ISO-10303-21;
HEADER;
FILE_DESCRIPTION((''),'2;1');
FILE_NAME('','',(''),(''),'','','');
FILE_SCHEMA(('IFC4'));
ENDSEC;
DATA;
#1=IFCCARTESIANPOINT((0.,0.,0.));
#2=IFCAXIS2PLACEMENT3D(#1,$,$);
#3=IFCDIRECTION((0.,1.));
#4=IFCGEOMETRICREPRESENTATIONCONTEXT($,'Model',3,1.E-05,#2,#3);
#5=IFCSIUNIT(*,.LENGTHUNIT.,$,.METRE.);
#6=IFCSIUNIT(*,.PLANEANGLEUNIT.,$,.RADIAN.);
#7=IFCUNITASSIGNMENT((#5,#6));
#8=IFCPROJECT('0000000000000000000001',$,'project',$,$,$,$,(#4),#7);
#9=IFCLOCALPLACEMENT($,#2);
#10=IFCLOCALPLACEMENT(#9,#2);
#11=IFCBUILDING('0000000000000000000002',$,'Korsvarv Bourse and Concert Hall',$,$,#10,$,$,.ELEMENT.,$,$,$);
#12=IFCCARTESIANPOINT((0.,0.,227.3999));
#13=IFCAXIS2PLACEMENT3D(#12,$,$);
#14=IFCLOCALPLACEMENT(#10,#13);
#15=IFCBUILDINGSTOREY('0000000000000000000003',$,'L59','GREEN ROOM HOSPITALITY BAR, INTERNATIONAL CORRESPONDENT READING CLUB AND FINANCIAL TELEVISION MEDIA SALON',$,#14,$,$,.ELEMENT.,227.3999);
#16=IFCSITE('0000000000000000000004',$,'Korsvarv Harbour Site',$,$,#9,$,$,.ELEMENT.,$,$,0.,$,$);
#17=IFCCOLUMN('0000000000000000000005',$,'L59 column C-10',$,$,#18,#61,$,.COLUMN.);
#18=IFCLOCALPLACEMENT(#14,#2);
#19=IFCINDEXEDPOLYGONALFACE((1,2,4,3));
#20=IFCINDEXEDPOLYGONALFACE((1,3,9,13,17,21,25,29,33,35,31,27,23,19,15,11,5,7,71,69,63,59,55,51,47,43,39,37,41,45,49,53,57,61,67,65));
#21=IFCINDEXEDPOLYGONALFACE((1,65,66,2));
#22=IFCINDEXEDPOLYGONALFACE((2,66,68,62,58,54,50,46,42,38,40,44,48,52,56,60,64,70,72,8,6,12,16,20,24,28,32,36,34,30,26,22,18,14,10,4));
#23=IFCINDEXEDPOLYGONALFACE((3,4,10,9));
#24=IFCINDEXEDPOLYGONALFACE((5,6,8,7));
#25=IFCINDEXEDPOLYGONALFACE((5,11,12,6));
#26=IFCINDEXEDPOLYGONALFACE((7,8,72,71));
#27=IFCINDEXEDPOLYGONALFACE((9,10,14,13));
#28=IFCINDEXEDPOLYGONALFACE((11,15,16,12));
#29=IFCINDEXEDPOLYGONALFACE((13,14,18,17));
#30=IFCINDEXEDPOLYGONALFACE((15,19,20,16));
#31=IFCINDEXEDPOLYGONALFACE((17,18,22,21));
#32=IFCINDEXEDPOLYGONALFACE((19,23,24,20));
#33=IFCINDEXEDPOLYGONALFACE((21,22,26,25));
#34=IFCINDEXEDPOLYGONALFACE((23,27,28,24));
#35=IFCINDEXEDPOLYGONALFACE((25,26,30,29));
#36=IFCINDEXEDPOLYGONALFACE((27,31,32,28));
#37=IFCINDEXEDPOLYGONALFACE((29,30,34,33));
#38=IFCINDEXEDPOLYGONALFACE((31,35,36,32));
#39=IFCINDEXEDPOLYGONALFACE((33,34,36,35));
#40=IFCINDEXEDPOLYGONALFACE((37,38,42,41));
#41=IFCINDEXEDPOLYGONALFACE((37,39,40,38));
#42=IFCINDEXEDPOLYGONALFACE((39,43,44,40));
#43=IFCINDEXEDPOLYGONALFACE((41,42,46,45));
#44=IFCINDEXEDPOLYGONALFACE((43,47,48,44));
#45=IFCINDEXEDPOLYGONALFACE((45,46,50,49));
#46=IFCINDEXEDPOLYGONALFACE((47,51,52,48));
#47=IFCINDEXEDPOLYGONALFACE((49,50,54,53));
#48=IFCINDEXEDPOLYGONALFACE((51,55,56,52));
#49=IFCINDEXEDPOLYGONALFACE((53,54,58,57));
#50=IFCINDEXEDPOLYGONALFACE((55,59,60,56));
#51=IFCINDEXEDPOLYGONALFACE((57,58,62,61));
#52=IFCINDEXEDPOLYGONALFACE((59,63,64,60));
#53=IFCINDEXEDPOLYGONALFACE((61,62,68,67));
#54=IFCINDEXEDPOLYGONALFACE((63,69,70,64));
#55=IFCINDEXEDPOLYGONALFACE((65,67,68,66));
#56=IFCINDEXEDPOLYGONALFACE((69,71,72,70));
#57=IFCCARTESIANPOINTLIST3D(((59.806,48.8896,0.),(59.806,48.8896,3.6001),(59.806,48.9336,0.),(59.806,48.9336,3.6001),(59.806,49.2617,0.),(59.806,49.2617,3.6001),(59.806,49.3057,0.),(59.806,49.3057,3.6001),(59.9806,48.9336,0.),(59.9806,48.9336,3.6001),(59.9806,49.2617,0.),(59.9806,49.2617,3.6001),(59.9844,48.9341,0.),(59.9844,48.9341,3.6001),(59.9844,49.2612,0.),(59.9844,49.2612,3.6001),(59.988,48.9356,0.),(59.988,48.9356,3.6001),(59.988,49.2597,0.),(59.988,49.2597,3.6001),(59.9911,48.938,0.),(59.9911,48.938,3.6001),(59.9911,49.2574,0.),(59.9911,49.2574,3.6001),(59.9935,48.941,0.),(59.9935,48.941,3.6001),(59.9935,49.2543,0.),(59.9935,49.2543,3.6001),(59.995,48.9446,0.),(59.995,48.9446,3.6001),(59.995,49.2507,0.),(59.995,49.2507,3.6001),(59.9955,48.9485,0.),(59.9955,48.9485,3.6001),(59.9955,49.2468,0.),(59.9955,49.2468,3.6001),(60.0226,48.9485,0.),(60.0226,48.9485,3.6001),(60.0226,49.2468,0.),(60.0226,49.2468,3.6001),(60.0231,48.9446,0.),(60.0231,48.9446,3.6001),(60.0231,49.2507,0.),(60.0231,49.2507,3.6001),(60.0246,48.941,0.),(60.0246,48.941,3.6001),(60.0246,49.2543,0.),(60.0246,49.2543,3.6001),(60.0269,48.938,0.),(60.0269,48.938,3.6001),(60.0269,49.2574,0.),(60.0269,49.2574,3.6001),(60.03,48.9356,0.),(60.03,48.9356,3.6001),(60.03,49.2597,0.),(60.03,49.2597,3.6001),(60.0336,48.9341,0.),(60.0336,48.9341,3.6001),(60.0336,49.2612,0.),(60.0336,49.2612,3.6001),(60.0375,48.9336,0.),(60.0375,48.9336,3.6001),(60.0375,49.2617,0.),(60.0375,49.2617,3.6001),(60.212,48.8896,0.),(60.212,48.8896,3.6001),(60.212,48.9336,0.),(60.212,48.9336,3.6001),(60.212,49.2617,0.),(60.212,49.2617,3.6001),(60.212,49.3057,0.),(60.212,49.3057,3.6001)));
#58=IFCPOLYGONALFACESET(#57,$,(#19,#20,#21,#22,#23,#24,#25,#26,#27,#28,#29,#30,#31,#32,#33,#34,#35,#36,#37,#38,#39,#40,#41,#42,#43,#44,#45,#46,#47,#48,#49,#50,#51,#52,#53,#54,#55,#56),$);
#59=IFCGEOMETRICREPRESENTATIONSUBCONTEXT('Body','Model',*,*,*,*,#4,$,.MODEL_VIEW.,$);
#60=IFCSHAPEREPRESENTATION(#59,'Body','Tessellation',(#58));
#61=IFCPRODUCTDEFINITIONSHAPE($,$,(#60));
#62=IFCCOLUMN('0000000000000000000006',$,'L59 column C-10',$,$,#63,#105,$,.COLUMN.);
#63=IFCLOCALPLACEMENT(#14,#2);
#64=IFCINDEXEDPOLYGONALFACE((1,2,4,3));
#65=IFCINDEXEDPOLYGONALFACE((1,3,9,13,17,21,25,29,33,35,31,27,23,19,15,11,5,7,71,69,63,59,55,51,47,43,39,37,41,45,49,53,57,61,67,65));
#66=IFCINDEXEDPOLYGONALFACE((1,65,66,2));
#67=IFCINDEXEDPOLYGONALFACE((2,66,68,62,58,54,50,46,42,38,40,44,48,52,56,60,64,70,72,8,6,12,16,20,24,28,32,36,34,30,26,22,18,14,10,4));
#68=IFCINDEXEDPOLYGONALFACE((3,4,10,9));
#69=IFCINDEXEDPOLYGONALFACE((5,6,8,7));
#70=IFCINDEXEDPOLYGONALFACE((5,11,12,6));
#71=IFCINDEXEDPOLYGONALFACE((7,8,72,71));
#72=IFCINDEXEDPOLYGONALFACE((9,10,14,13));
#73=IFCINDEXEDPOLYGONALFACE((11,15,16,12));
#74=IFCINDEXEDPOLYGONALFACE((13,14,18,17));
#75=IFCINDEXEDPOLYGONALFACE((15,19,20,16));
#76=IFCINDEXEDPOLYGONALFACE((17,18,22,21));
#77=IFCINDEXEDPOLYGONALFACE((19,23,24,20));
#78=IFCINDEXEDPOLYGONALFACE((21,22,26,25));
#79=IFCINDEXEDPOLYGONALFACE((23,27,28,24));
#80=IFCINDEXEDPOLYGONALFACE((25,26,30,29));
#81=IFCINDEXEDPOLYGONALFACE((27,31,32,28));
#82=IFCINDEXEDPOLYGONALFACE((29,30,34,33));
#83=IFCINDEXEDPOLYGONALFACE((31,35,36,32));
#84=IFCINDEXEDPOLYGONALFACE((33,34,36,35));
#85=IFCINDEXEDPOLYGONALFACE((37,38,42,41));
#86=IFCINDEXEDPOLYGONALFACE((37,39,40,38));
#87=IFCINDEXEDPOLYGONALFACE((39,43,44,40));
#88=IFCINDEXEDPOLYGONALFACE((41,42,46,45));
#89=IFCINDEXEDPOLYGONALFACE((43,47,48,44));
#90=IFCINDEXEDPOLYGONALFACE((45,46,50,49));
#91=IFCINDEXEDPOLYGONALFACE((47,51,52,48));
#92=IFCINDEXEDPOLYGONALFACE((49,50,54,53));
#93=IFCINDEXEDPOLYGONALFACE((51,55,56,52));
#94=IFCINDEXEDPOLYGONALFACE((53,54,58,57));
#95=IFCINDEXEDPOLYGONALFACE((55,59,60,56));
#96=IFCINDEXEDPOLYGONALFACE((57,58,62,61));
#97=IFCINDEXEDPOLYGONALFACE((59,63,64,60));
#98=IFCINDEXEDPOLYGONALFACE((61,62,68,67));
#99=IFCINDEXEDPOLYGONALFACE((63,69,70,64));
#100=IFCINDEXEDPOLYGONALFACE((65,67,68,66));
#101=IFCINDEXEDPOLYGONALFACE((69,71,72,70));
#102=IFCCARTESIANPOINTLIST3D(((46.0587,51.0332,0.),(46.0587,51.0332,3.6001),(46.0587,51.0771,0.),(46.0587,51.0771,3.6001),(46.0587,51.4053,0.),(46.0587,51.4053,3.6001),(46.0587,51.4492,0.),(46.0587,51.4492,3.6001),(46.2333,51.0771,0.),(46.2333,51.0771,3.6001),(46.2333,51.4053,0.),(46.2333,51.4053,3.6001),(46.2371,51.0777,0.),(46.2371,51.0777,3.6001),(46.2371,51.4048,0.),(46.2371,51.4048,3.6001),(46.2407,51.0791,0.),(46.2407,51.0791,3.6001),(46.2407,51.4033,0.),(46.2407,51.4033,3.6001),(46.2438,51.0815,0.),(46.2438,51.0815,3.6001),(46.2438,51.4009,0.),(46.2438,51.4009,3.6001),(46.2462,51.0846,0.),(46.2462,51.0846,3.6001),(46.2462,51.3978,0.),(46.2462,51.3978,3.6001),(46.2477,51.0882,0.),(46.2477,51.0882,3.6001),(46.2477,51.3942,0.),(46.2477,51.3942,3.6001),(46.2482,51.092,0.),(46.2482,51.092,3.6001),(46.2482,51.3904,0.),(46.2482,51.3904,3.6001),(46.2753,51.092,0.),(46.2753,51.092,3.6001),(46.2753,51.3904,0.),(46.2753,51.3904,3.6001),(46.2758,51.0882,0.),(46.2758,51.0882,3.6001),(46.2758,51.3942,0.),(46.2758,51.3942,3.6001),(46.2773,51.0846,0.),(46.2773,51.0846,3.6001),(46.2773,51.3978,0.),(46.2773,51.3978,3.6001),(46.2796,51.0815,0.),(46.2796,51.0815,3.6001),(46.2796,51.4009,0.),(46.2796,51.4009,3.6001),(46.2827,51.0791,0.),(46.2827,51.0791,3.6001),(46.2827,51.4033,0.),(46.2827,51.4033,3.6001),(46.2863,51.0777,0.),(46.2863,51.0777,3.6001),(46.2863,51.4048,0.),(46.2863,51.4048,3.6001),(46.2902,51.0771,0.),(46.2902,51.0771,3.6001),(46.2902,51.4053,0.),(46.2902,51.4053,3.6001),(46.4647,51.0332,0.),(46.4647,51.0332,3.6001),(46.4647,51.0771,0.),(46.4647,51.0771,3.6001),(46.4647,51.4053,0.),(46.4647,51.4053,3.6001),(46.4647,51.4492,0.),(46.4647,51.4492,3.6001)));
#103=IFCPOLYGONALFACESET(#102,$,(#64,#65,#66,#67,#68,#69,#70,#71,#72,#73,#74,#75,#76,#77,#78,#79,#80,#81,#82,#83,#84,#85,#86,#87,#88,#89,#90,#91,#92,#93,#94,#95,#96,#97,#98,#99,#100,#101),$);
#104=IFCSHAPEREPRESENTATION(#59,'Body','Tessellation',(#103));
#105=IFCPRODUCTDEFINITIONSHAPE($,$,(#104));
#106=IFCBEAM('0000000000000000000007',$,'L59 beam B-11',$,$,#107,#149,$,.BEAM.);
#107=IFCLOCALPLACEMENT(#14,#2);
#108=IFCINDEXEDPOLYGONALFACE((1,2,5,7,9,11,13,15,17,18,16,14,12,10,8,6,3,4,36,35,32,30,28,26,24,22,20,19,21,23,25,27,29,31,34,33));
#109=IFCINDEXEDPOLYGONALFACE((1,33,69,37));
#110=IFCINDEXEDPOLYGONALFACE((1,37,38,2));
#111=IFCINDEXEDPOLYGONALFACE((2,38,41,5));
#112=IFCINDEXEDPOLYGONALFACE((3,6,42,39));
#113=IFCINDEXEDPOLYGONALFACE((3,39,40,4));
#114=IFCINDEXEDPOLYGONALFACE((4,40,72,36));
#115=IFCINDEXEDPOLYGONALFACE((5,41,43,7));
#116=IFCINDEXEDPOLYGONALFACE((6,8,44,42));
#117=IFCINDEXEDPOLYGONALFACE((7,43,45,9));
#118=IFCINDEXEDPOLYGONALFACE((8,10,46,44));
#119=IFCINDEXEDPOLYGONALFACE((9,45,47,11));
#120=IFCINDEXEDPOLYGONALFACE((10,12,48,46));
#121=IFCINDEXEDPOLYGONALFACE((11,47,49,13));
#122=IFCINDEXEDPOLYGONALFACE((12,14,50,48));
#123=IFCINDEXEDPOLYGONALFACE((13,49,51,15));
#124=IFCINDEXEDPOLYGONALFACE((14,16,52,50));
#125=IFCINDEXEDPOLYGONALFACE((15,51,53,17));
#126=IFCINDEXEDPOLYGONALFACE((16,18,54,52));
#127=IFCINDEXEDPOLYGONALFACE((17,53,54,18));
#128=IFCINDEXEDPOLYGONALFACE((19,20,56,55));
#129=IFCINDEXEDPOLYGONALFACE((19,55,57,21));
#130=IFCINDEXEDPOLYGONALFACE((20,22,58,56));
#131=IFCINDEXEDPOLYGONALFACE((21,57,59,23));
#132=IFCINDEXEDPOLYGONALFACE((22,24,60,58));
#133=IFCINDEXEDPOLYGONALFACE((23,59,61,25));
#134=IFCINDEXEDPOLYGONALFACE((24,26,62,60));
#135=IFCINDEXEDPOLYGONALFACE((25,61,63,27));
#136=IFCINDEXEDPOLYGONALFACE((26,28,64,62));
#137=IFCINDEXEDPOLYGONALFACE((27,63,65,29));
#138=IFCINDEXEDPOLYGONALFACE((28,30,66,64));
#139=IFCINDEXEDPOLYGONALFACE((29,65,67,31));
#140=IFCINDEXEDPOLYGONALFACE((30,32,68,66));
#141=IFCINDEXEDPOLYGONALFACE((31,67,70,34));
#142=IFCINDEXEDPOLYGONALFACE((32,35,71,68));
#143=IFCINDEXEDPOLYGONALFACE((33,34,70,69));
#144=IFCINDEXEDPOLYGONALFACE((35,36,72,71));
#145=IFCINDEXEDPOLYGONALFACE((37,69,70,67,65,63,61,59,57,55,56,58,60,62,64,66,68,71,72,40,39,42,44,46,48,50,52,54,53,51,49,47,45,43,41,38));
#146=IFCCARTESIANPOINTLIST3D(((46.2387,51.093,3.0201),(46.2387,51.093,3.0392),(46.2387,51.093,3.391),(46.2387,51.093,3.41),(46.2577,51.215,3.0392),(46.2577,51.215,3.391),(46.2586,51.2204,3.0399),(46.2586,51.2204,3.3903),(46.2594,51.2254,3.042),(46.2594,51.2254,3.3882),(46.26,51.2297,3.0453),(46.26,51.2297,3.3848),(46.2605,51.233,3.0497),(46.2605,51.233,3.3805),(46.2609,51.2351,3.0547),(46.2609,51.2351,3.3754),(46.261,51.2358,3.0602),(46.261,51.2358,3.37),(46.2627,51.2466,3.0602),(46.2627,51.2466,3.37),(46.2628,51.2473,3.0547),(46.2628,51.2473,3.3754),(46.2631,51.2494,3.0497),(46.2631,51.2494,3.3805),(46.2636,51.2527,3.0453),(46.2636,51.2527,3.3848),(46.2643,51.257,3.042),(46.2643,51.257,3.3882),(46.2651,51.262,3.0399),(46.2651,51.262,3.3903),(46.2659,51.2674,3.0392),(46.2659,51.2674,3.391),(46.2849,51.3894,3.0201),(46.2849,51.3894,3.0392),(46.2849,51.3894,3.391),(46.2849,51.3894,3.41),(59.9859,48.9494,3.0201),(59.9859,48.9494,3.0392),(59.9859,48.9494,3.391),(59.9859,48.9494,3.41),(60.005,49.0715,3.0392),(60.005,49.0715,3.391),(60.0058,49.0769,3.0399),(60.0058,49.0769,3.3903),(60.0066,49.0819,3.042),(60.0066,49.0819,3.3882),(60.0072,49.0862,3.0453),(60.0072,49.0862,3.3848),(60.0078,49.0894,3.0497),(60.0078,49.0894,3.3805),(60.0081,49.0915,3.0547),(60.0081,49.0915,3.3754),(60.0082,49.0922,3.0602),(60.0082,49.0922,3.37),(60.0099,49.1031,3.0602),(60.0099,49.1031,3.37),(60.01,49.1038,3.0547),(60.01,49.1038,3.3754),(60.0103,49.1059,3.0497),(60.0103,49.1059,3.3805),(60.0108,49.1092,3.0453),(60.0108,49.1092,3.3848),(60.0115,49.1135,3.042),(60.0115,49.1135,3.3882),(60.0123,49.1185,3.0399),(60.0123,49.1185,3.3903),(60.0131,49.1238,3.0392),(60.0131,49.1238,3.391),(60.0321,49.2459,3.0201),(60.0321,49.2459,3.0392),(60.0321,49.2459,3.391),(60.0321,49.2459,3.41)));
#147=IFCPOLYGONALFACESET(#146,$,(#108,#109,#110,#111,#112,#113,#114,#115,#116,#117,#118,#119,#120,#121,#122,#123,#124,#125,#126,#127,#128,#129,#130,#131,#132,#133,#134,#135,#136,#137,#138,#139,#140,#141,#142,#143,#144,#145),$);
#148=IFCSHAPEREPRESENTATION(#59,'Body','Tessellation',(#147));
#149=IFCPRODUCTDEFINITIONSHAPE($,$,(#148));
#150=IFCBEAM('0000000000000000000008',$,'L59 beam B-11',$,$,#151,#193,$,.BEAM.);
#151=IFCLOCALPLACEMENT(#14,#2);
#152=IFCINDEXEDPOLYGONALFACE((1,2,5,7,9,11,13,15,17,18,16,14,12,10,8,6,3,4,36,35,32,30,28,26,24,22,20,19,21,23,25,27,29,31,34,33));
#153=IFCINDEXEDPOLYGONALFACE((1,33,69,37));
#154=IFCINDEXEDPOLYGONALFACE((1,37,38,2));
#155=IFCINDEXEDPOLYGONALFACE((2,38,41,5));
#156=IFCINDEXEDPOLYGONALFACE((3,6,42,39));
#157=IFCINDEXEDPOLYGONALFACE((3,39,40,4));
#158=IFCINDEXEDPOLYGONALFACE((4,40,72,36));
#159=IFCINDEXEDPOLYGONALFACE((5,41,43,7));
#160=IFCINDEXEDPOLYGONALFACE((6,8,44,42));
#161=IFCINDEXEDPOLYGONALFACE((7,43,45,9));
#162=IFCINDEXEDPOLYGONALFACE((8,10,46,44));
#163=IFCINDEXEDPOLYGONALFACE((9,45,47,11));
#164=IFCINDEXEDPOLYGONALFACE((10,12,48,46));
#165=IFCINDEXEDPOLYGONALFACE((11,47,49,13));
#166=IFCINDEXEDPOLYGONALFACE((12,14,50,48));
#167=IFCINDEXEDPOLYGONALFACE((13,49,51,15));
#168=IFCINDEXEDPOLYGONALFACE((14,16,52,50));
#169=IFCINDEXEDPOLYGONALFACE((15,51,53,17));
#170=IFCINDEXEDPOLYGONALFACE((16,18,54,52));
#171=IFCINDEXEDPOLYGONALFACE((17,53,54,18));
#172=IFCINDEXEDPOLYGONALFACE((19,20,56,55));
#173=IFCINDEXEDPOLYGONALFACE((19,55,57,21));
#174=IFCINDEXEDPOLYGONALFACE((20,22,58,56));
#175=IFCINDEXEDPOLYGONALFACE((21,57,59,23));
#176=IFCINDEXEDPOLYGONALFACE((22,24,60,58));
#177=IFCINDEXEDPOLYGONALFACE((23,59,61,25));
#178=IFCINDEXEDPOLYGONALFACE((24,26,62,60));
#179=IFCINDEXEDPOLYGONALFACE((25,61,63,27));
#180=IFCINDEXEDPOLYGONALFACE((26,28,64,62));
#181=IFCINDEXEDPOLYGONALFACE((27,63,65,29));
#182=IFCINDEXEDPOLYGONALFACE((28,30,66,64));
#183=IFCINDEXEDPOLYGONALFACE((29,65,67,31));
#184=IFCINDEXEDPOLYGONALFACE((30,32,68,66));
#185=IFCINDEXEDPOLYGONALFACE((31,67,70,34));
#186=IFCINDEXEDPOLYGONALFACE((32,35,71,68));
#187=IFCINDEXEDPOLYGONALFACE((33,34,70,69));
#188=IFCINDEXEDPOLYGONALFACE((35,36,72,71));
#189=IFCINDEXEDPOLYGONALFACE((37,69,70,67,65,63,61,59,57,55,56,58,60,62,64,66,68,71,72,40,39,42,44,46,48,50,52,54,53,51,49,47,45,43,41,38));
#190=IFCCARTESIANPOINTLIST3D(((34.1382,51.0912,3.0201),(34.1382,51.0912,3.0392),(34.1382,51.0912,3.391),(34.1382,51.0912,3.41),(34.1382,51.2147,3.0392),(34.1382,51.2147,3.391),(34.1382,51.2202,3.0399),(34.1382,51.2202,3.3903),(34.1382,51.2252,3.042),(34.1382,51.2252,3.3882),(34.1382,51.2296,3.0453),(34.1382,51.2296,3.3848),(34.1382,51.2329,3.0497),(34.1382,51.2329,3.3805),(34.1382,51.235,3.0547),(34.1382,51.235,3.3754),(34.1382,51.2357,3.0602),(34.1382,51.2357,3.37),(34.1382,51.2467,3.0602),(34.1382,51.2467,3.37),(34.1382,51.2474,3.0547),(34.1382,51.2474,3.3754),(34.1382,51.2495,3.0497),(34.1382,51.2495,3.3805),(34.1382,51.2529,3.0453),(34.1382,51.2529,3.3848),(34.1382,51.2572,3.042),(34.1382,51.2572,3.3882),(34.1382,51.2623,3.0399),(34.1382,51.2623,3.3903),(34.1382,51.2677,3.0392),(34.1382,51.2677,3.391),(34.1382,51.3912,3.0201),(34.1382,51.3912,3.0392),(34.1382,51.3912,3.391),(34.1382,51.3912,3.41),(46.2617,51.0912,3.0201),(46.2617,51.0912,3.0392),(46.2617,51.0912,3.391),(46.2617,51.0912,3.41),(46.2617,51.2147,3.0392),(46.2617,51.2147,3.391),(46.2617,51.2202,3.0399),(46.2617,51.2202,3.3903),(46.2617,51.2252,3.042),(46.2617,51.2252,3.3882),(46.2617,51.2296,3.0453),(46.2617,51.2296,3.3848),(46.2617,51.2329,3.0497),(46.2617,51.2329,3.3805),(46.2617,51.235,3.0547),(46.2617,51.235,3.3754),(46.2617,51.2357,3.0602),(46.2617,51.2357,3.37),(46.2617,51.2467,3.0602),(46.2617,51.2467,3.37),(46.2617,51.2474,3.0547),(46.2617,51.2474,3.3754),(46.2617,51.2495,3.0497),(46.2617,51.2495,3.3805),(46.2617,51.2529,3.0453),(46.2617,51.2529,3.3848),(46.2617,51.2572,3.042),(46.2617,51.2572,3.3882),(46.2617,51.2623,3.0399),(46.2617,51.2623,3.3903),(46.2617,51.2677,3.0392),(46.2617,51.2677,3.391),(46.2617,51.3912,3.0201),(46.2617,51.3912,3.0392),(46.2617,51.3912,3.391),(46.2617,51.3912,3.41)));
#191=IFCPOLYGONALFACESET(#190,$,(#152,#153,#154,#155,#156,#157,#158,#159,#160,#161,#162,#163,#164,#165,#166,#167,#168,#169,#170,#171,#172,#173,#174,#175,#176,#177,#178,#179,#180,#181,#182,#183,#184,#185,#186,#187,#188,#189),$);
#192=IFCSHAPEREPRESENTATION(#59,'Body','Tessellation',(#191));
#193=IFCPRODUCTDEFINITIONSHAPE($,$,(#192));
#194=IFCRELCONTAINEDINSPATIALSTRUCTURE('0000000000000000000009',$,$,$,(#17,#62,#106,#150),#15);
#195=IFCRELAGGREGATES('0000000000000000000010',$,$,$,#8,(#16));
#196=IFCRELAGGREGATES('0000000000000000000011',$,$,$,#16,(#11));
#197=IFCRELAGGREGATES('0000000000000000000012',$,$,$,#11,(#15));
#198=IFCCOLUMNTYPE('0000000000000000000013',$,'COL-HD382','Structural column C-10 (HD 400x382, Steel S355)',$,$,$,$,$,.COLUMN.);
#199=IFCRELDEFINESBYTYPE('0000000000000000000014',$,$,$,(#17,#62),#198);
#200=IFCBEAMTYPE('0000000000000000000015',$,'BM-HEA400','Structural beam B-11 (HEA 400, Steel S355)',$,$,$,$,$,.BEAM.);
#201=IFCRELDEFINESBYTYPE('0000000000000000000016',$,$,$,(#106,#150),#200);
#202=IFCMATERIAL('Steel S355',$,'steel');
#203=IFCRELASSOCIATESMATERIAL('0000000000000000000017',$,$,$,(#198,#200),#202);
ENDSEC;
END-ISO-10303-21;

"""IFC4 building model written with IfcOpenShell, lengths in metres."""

from ifc_helpers import new_model, si_unit, direction, frame, origin, origin_2d, place, context, subcontext, project, spatial, i_section, extrude, source, transform, mapped, material, material_profile, profile_set, type_object, element, save


model = new_model("IFC4")

# Units and contexts
model_context = context("Model", 3, precision=1e-05, world=origin(), true_north=direction((0.0, 1.0)))
body_context = subcontext(model_context, "Body", "Model", "MODEL_VIEW")
ifc_project = project(units=[si_unit("LENGTHUNIT", "METRE"), si_unit("PLANEANGLEUNIT", "RADIAN")], contexts=[model_context])

# Site, building, storey
site_placement = place(None, origin())
site = spatial("IfcSite", under=ifc_project, at=site_placement, Name="Korsvarv Harbour Site", CompositionType="ELEMENT", RefElevation=0.0)
building_placement = place(site_placement, origin())
building = spatial("IfcBuilding", under=site, at=building_placement, Name="Korsvarv Bourse and Concert Hall", CompositionType="ELEMENT")
storey_placement = place(building_placement, frame((0.0, 0.0, 227.3999)))
storey = spatial("IfcBuildingStorey", under=building, at=storey_placement, Name="L59", Description="GREEN ROOM HOSPITALITY BAR, INTERNATIONAL CORRESPONDENT READING CLUB AND FINANCIAL TELEVISION MEDIA SALON", CompositionType="ELEMENT", Elevation=227.3999)

# Columns
ifc_material_1 = material(Name="Steel S355", Category="steel")
ifc_material_profile_1 = material_profile(ifc_material_1, i_section(OverallWidth=0.406, OverallDepth=0.416, WebThickness=0.0271, FlangeThickness=0.0439, FilletRadius=0.0149, at=origin_2d()), Name="HD 400x382")
ifc_profile_set_1 = profile_set([ifc_material_profile_1], Name="Steel S355")
column_type = type_object("IfcColumnType", Name="COL-HD382", Description="Structural column C-10 (HD 400x382, Steel S355)", PredefinedType="COLUMN", material=ifc_profile_set_1)
shared_shape_1 = source(origin(), body_context, "Body", "SweptSolid", [
    extrude(i_section(OverallWidth=0.406, OverallDepth=0.416, WebThickness=0.0271, FlangeThickness=0.0439, FilletRadius=0.0149, at=origin_2d()), origin(), (0.0, 0.0, 1.0), 3.6001),
])
for number, where, z_axis, x_axis, name in (
    (1, (60.009, 49.0977, 0.0), (0.0, 0.0, 1.0), (1.0, 0.0, 0.0), "L59 column C-10"),
    (2, (46.2617, 51.2412, 0.0), (0.0, 0.0, 1.0), (1.0, 0.0, 0.0), "L59 column C-10"),
):
    element("IfcColumn", number, at=place(storey_placement, frame(where, z_axis=z_axis, x_axis=x_axis)), inside=storey, type_object=column_type, Name=name, PredefinedType="COLUMN", context=body_context, shape_type="MappedRepresentation", body=[
        mapped(shared_shape_1, transform((0.0, 0.0, 0.0), scale=1.0)),
    ])

# Beams
ifc_material_profile_2 = material_profile(ifc_material_1, i_section(OverallWidth=0.3, OverallDepth=0.3899, WebThickness=0.011, FlangeThickness=0.019, FilletRadius=0.021, at=origin_2d()), Name="HEA 400")
ifc_profile_set_2 = profile_set([ifc_material_profile_2], Name="Steel S355")
beam_type_1 = type_object("IfcBeamType", Name="BM-HEA400", Description="Structural beam B-11 (HEA 400, Steel S355)", PredefinedType="BEAM", material=ifc_profile_set_2)
shared_shape_2 = source(origin(), body_context, "Body", "SweptSolid", [
    extrude(i_section(OverallWidth=0.3, OverallDepth=0.3899, WebThickness=0.011, FlangeThickness=0.019, FilletRadius=0.021, at=origin_2d()), origin(), (0.0, 0.0, 1.0), 13.9133),
])
beam_1_placement = place(storey_placement, frame((60.009, 49.0977, 3.2151), z_axis=(-0.988061, 0.154064, 0.0), x_axis=(-0.154064, -0.988061, 0.0)))
element("IfcBeam", 3, at=beam_1_placement, inside=storey, type_object=beam_type_1, Name="L59 beam B-11", PredefinedType="BEAM", context=body_context, shape_type="MappedRepresentation", body=[
    mapped(shared_shape_2, transform((0.0, 0.0, 0.0), scale=1.0)),
])
shared_shape_3 = source(origin(), body_context, "Body", "SweptSolid", [
    extrude(i_section(OverallWidth=0.3, OverallDepth=0.3899, WebThickness=0.011, FlangeThickness=0.019, FilletRadius=0.021, at=origin_2d()), origin(), (0.0, 0.0, 1.0), 12.1235),
])
beam_2_placement = place(storey_placement, frame((46.2617, 51.2412, 3.2151), z_axis=(-1.0, 0.0, 0.0), x_axis=(0.0, -1.0, 0.0)))
element("IfcBeam", 4, at=beam_2_placement, inside=storey, type_object=beam_type_1, Name="L59 beam B-11", PredefinedType="BEAM", context=body_context, shape_type="MappedRepresentation", body=[
    mapped(shared_shape_3, transform((0.0, 0.0, 0.0), scale=1.0)),
])

save(model, "model.ifc")
